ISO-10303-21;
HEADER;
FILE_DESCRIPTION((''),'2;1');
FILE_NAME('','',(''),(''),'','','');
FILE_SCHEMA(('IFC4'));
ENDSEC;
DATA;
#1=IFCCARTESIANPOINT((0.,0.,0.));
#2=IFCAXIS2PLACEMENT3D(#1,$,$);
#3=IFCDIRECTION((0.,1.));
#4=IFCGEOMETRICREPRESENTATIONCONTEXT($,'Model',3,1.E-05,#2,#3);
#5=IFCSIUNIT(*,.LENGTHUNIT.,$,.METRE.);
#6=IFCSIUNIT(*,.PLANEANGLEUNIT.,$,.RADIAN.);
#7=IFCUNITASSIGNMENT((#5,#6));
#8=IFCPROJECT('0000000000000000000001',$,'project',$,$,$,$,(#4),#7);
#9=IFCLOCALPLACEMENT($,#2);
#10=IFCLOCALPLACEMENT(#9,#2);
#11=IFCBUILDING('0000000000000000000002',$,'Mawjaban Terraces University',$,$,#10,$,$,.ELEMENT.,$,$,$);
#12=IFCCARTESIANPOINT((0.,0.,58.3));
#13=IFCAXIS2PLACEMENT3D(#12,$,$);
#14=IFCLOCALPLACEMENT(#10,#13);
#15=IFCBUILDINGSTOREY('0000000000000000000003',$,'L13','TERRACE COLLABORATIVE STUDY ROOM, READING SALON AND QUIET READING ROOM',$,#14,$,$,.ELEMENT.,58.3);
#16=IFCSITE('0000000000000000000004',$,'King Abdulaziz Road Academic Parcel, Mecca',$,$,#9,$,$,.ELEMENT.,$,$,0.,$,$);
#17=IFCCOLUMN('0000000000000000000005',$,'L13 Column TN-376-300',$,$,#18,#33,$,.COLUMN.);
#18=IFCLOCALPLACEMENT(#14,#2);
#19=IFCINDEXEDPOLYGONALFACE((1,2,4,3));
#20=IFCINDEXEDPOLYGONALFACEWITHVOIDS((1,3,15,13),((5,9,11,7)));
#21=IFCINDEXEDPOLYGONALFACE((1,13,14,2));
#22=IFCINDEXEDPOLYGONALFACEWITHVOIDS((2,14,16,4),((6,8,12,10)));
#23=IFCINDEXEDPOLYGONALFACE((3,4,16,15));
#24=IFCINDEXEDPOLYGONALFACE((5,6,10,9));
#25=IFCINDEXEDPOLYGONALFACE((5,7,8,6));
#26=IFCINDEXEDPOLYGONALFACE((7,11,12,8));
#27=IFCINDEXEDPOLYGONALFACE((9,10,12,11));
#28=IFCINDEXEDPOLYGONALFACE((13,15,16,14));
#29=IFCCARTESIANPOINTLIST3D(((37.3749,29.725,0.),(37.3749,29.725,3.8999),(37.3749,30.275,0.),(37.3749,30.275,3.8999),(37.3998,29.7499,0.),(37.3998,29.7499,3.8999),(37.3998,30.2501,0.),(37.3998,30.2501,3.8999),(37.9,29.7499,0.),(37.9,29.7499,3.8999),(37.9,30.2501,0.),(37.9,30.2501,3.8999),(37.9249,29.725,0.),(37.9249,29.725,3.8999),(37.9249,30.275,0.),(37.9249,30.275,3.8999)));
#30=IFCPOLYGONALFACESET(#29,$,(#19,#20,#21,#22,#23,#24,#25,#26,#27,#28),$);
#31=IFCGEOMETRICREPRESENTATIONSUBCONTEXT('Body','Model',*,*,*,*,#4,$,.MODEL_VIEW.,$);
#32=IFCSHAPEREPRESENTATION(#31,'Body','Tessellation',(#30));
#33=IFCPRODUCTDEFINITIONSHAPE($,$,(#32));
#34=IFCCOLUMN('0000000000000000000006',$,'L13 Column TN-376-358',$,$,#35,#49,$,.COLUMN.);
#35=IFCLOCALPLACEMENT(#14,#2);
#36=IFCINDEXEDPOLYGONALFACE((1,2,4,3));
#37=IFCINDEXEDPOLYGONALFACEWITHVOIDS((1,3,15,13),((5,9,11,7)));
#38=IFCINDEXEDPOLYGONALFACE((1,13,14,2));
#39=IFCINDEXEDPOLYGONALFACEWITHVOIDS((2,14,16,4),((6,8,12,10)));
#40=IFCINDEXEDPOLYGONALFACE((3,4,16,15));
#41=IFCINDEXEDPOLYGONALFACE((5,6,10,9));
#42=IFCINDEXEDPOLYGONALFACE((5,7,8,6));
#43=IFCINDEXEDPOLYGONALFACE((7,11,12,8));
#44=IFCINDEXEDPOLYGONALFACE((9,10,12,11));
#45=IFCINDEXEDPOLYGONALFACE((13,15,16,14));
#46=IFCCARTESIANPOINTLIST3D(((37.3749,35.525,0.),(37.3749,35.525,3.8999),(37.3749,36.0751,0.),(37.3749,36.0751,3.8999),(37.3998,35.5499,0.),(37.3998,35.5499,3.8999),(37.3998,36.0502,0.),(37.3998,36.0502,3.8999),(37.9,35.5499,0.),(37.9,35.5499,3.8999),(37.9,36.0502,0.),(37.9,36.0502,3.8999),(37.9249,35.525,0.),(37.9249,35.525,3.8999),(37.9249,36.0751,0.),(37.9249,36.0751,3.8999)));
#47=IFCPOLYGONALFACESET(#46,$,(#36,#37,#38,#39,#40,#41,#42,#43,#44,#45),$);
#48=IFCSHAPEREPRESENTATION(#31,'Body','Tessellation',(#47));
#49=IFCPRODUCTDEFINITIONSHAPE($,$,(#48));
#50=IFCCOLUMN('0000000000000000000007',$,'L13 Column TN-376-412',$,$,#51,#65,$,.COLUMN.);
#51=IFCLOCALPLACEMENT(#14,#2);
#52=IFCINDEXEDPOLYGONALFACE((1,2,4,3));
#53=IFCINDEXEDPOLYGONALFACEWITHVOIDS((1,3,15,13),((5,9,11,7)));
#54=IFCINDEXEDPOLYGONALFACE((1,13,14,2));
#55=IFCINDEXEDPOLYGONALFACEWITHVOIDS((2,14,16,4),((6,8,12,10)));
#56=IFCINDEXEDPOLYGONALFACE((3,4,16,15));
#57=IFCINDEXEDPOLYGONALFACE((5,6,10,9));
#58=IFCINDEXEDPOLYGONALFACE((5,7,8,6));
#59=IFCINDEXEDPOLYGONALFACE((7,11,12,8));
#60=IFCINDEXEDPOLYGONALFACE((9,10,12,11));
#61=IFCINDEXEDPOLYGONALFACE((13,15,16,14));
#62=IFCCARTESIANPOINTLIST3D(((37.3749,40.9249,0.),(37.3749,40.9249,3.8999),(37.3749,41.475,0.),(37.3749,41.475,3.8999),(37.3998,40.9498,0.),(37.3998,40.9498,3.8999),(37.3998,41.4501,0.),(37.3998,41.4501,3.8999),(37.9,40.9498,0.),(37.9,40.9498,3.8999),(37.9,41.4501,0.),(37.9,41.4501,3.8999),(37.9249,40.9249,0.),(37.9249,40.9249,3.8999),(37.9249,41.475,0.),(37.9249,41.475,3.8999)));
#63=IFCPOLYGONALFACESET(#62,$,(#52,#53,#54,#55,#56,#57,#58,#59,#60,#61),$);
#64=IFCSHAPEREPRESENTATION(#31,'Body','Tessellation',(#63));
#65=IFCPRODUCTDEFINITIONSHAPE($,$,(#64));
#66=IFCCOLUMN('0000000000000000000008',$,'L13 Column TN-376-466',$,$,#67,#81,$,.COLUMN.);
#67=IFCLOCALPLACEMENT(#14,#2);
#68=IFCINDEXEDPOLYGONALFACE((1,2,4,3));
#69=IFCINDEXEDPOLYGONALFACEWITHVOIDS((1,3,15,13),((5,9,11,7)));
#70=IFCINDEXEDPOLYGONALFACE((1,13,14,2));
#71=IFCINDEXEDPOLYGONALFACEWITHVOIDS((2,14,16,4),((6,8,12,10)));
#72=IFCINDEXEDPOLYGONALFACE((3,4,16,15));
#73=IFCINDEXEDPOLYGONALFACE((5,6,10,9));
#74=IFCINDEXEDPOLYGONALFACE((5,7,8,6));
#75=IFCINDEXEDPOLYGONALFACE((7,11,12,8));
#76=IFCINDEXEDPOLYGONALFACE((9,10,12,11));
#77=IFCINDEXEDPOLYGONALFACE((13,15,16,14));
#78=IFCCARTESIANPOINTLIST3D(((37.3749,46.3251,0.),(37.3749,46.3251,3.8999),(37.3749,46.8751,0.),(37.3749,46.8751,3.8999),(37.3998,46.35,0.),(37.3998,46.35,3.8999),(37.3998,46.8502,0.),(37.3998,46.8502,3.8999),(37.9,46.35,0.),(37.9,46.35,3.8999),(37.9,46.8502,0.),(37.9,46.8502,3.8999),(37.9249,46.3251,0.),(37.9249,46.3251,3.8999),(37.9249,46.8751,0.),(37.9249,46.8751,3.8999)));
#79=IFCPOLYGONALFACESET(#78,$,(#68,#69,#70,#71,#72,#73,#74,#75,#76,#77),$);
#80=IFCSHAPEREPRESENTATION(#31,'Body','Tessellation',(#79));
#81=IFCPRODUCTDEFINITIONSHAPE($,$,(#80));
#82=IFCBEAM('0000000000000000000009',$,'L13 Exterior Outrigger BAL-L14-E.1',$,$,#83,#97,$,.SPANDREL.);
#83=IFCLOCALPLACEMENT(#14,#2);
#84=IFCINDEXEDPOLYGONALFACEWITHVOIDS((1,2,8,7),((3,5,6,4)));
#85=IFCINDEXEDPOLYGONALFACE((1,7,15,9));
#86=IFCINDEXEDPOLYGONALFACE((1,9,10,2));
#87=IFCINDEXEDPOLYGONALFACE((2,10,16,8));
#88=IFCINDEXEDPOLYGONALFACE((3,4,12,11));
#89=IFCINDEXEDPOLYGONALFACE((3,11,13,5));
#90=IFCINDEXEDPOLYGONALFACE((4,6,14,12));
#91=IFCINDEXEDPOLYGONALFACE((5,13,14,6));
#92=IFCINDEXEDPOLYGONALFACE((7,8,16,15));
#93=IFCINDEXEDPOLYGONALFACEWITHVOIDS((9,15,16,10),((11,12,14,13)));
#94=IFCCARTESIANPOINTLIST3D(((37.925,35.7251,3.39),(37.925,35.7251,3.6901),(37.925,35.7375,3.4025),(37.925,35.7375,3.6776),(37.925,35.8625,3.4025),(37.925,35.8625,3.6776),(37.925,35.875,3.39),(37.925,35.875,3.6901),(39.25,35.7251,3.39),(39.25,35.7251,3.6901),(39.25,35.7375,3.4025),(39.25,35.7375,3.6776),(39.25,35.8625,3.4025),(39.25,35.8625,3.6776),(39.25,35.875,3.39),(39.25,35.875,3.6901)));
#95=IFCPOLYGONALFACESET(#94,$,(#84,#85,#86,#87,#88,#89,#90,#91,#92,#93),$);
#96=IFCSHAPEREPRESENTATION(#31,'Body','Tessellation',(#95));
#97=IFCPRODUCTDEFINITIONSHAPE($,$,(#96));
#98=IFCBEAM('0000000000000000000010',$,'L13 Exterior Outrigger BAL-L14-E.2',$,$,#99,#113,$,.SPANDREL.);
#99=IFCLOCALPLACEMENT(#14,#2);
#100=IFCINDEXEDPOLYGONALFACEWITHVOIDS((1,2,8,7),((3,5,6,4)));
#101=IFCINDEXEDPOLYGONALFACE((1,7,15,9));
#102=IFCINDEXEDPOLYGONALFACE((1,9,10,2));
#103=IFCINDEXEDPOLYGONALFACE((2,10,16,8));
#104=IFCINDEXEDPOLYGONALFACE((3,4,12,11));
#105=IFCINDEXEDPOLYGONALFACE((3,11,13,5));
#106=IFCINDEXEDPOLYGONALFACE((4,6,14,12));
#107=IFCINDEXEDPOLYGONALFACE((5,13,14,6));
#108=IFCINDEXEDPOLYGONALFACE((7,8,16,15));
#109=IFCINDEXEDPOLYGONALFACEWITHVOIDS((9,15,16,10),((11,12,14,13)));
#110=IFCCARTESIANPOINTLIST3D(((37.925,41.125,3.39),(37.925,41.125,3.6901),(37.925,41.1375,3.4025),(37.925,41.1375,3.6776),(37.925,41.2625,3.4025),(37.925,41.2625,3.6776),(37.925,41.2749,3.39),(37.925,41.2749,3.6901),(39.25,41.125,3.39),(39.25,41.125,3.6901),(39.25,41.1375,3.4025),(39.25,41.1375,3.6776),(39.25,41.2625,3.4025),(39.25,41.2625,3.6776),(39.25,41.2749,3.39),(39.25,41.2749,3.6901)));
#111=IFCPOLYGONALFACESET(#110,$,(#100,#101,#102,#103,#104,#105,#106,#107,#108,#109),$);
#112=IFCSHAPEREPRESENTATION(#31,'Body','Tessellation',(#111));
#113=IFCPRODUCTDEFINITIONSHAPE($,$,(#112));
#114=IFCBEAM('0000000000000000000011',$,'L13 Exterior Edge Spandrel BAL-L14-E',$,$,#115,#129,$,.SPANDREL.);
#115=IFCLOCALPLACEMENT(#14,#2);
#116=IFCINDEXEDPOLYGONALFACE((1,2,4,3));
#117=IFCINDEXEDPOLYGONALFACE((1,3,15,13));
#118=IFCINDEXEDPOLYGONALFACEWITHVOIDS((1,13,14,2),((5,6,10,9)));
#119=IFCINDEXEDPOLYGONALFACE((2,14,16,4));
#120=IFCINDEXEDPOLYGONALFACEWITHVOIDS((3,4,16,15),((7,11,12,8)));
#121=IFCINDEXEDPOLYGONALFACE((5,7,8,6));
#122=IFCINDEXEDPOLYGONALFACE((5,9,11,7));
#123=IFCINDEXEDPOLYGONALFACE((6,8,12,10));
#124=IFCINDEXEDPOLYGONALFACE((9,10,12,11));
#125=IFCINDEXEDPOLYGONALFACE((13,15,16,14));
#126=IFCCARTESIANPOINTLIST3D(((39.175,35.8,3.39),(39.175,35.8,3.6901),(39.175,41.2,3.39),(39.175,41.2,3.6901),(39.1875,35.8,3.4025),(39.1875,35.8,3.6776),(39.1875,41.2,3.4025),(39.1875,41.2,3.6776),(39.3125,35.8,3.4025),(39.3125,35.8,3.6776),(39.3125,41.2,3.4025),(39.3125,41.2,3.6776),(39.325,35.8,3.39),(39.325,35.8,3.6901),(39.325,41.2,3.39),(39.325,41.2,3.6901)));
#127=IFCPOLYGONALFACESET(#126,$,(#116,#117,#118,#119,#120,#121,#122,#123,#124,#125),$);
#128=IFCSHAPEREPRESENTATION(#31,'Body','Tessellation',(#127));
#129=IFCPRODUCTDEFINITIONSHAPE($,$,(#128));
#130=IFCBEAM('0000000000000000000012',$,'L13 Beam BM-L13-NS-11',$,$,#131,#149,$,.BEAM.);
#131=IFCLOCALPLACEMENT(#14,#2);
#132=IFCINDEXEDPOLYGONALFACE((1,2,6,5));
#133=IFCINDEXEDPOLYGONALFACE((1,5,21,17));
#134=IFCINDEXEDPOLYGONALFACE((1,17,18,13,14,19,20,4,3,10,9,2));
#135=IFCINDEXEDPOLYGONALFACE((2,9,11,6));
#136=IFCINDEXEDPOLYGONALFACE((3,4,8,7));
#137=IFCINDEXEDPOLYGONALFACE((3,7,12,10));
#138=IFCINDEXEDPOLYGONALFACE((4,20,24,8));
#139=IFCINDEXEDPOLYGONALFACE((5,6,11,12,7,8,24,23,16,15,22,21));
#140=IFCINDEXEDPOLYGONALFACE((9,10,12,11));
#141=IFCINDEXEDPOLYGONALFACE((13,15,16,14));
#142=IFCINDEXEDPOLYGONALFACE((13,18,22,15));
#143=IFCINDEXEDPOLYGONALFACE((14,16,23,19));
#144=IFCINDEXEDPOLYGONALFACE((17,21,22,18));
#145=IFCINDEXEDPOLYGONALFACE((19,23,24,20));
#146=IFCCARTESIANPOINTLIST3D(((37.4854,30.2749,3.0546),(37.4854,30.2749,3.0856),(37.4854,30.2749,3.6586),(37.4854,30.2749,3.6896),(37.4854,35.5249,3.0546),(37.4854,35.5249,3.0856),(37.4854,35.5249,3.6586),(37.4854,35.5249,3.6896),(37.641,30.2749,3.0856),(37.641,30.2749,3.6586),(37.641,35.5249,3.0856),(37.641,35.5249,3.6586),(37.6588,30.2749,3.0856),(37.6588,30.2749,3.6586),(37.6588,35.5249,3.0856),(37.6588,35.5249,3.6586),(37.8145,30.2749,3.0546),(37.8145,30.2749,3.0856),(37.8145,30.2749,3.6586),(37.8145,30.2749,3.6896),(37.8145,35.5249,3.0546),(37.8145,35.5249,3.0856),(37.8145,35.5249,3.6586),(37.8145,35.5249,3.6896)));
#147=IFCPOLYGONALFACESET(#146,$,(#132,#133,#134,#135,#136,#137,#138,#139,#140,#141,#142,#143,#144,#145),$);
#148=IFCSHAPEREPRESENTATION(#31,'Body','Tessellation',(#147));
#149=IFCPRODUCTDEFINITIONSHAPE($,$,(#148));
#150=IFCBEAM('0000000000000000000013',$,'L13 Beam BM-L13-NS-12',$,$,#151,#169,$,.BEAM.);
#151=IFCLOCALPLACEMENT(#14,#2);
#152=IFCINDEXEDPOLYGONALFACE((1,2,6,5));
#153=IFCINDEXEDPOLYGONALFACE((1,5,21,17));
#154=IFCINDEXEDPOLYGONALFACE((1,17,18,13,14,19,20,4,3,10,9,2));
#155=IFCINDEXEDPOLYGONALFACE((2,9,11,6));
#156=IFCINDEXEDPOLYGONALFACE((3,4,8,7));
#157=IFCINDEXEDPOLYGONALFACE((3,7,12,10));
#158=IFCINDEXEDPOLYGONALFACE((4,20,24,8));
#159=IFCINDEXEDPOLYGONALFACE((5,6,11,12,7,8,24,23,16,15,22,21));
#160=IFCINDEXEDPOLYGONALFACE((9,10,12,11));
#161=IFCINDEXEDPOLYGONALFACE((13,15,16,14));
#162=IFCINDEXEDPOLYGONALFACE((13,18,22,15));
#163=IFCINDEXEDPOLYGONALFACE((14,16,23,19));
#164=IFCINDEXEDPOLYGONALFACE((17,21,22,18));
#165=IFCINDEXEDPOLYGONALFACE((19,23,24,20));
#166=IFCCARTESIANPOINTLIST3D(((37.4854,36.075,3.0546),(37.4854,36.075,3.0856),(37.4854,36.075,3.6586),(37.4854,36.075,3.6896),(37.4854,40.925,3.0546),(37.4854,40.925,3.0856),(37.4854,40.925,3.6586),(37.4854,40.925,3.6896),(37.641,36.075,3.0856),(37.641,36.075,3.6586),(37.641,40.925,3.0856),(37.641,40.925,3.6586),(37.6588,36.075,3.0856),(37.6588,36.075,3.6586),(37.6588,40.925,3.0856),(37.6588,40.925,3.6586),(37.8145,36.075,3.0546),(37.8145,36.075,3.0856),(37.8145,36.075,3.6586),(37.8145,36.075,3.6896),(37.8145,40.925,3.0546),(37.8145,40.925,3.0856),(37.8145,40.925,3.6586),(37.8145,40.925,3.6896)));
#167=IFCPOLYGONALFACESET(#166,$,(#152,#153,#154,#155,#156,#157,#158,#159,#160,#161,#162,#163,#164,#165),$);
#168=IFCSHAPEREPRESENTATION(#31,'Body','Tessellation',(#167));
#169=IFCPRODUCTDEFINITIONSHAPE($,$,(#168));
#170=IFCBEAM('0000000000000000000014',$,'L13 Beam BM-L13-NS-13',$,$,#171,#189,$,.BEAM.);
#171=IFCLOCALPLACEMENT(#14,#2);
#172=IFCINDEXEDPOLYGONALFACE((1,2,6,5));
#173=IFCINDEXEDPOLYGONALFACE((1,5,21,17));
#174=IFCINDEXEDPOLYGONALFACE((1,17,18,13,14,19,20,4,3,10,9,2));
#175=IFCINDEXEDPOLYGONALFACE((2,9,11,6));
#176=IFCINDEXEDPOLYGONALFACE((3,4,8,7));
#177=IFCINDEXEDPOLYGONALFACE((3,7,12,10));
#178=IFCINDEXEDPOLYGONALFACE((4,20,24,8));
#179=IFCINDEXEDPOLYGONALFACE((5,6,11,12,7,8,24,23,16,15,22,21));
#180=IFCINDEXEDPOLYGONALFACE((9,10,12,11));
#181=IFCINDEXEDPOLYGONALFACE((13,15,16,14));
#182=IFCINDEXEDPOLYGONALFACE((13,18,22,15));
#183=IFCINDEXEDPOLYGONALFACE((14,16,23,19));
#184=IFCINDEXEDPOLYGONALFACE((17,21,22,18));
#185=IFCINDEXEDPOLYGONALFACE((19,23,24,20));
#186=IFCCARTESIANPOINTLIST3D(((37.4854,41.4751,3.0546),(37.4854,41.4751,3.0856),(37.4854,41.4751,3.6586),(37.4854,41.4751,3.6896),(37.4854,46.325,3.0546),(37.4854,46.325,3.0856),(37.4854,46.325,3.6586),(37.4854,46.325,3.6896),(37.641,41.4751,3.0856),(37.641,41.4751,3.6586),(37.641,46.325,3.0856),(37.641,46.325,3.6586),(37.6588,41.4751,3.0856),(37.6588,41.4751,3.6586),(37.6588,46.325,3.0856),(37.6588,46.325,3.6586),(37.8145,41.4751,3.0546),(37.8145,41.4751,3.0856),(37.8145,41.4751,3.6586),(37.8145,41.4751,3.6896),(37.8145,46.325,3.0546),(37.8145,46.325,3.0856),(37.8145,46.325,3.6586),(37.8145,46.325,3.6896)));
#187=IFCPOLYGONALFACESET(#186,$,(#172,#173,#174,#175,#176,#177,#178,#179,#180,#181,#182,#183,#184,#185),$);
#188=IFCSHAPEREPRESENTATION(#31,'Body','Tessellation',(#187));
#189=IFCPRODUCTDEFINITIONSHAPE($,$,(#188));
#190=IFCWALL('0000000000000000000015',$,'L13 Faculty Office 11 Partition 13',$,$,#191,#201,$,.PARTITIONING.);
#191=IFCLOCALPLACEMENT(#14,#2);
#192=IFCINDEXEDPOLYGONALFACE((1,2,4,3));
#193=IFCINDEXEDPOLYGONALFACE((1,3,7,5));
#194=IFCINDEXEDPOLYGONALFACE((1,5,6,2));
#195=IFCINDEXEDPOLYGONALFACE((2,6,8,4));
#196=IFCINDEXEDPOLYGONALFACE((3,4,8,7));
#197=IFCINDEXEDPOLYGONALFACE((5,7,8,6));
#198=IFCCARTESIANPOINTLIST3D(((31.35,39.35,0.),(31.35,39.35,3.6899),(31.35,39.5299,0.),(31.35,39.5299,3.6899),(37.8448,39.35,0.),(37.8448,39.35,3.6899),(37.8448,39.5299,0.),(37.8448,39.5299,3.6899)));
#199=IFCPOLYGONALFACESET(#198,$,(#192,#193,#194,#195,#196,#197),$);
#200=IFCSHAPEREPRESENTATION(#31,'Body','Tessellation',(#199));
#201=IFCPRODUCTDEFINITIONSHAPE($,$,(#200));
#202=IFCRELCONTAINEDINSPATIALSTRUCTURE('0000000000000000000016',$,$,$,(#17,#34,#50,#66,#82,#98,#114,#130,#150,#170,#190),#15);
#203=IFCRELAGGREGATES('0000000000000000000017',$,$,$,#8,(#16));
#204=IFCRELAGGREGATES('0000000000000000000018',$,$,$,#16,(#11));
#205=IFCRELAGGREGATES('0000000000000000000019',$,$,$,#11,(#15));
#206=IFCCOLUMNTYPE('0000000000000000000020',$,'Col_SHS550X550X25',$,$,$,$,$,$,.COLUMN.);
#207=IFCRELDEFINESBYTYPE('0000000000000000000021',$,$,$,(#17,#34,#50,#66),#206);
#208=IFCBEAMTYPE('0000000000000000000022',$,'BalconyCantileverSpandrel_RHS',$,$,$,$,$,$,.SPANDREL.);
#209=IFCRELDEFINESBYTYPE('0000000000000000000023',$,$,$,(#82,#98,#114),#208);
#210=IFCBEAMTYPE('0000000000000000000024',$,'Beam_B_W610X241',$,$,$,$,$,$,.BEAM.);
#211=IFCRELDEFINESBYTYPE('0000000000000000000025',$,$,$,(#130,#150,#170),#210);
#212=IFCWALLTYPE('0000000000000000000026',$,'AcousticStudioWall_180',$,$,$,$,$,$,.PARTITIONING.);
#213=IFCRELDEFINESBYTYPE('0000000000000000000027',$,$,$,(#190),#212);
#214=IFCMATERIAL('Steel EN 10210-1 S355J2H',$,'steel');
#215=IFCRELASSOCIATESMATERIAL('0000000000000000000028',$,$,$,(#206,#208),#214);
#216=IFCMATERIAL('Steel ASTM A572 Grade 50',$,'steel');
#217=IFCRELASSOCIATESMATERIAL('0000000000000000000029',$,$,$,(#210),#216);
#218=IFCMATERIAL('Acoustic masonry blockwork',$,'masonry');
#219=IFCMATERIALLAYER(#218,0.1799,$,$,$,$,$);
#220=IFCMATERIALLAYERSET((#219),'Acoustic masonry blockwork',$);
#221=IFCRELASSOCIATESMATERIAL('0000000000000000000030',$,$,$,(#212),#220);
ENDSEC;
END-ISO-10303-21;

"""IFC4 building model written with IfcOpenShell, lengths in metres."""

from ifc_helpers import new_model, si_unit, direction, frame, frame_2d, origin, origin_2d, place, context, subcontext, project, spatial, rectangle, hollow_rectangle, i_section, extrude, material, layer, layer_set, material_profile, profile_set, type_object, element, save


model = new_model("IFC4")

# Units and contexts
model_context = context("Model", 3, precision=1e-05, world=origin(), true_north=direction((0.0, 1.0)))
body_context = subcontext(model_context, "Body", "Model", "MODEL_VIEW")
ifc_project = project(units=[si_unit("LENGTHUNIT", "METRE"), si_unit("PLANEANGLEUNIT", "RADIAN")], contexts=[model_context])

# Site, building, storey
site_placement = place(None, origin())
site = spatial("IfcSite", under=ifc_project, at=site_placement, Name="King Abdulaziz Road Academic Parcel, Mecca", CompositionType="ELEMENT", RefElevation=0.0)
building_placement = place(site_placement, origin())
building = spatial("IfcBuilding", under=site, at=building_placement, Name="Mawjaban Terraces University", CompositionType="ELEMENT")
storey_placement = place(building_placement, frame((0.0, 0.0, 58.3)))
storey = spatial("IfcBuildingStorey", under=building, at=storey_placement, Name="L13", Description="TERRACE COLLABORATIVE STUDY ROOM, READING SALON AND QUIET READING ROOM", CompositionType="ELEMENT", Elevation=58.3)

# Columns
ifc_material_1 = material(Name="Steel EN 10210-1 S355J2H", Category="steel")
ifc_material_profile_1 = material_profile(ifc_material_1, hollow_rectangle(XDim=0.55, YDim=0.55, WallThickness=0.0249, at=origin_2d()), Name="SHS550X550X25")
ifc_profile_set_1 = profile_set([ifc_material_profile_1], Name="Steel EN 10210-1 S355J2H")
column_type = type_object("IfcColumnType", Name="Col_SHS550X550X25", PredefinedType="COLUMN", material=ifc_profile_set_1)
for number, where, z_axis, x_axis, name in (
    (1, (37.6499, 30.0, 0.0), (0.0, 0.0, 1.0), (1.0, 0.0, 0.0), "L13 Column TN-376-300"),
    (2, (37.6499, 35.8, 0.0), (0.0, 0.0, 1.0), (1.0, 0.0, 0.0), "L13 Column TN-376-358"),
    (3, (37.6499, 41.2, 0.0), (0.0, 0.0, 1.0), (1.0, 0.0, 0.0), "L13 Column TN-376-412"),
    (4, (37.6499, 46.6001, 0.0), (0.0, 0.0, 1.0), (1.0, 0.0, 0.0), "L13 Column TN-376-466"),
):
    element("IfcColumn", number, at=place(storey_placement, frame(where, z_axis=z_axis, x_axis=x_axis)), inside=storey, type_object=column_type, Name=name, PredefinedType="COLUMN", context=body_context, shape_type="SweptSolid", body=[
        extrude(hollow_rectangle(XDim=0.55, YDim=0.55, WallThickness=0.0249, at=origin_2d()), origin(), (0.0, 0.0, 1.0), 3.8999),
    ])

# Beams
ifc_material_profile_2 = material_profile(ifc_material_1, hollow_rectangle(XDim=0.1499, YDim=0.3, WallThickness=0.0125, at=origin_2d()), Name="RHS300X150X12.5")
ifc_profile_set_2 = profile_set([ifc_material_profile_2], Name="Steel EN 10210-1 S355J2H")
beam_type_1 = type_object("IfcBeamType", Name="BalconyCantileverSpandrel_RHS", PredefinedType="SPANDREL", material=ifc_profile_set_2)
for number, where, z_axis, x_axis, name in (
    (5, (37.925, 35.8, 3.54), (1.0, 0.0, 0.0), (0.0, 1.0, 0.0), "L13 Exterior Outrigger BAL-L14-E.1"),
    (6, (37.925, 41.2, 3.54), (1.0, 0.0, 0.0), (0.0, 1.0, 0.0), "L13 Exterior Outrigger BAL-L14-E.2"),
):
    element("IfcBeam", number, at=place(storey_placement, frame(where, z_axis=z_axis, x_axis=x_axis)), inside=storey, type_object=beam_type_1, Name=name, PredefinedType="SPANDREL", context=body_context, shape_type="SweptSolid", body=[
        extrude(hollow_rectangle(XDim=0.1499, YDim=0.3, WallThickness=0.0125, at=origin_2d()), origin(), (0.0, 0.0, 1.0), 1.325),
    ])
beam_1_placement = place(storey_placement, frame((39.25, 35.8, 3.54), z_axis=(0.0, 1.0, 0.0), x_axis=(-1.0, 0.0, 0.0)))
element("IfcBeam", 7, at=beam_1_placement, inside=storey, type_object=beam_type_1, Name="L13 Exterior Edge Spandrel BAL-L14-E", PredefinedType="SPANDREL", context=body_context, shape_type="SweptSolid", body=[
    extrude(hollow_rectangle(XDim=0.1499, YDim=0.3, WallThickness=0.0125, at=origin_2d()), origin(), (0.0, 0.0, 1.0), 5.3999),
])
ifc_material_2 = material(Name="Steel ASTM A572 Grade 50", Category="steel")
ifc_material_profile_3 = material_profile(ifc_material_2, i_section(OverallWidth=0.3291, OverallDepth=0.635, WebThickness=0.0178, FlangeThickness=0.031, at=origin_2d()), Name="W610X241")
ifc_profile_set_3 = profile_set([ifc_material_profile_3], Name="Steel ASTM A572 Grade 50")
beam_type_2 = type_object("IfcBeamType", Name="Beam_B_W610X241", PredefinedType="BEAM", material=ifc_profile_set_3)
beam_2_placement = place(storey_placement, frame((37.6499, 30.2749, 3.3721), z_axis=(0.0, 1.0, 0.0), x_axis=(-1.0, 0.0, 0.0)))
element("IfcBeam", 8, at=beam_2_placement, inside=storey, type_object=beam_type_2, Name="L13 Beam BM-L13-NS-11", PredefinedType="BEAM", context=body_context, shape_type="SweptSolid", body=[
    extrude(i_section(OverallWidth=0.3291, OverallDepth=0.635, WebThickness=0.0178, FlangeThickness=0.031, at=origin_2d()), origin(), (0.0, 0.0, 1.0), 5.25),
])
beam_3_placement = place(storey_placement, frame((37.6499, 36.075, 3.3721), z_axis=(0.0, 1.0, 0.0), x_axis=(-1.0, 0.0, 0.0)))
element("IfcBeam", 9, at=beam_3_placement, inside=storey, type_object=beam_type_2, Name="L13 Beam BM-L13-NS-12", PredefinedType="BEAM", context=body_context, shape_type="SweptSolid", body=[
    extrude(i_section(OverallWidth=0.3291, OverallDepth=0.635, WebThickness=0.0178, FlangeThickness=0.031, at=origin_2d()), origin(), (0.0, 0.0, 1.0), 4.8501),
])
beam_4_placement = place(storey_placement, frame((37.6499, 41.4751, 3.3721), z_axis=(0.0, 1.0, 0.0), x_axis=(-1.0, 0.0, 0.0)))
element("IfcBeam", 10, at=beam_4_placement, inside=storey, type_object=beam_type_2, Name="L13 Beam BM-L13-NS-13", PredefinedType="BEAM", context=body_context, shape_type="SweptSolid", body=[
    extrude(i_section(OverallWidth=0.3291, OverallDepth=0.635, WebThickness=0.0178, FlangeThickness=0.031, at=origin_2d()), origin(), (0.0, 0.0, 1.0), 4.8499),
])

# Wall
ifc_material_3 = material(Name="Acoustic masonry blockwork", Category="masonry")
ifc_layer_1 = layer(ifc_material_3, 0.1799)
ifc_layer_set_1 = layer_set([ifc_layer_1], Name="Acoustic masonry blockwork")
wall_type_1 = type_object("IfcWallType", Name="AcousticStudioWall_180", PredefinedType="PARTITIONING", material=ifc_layer_set_1)
wall_1_placement = place(storey_placement, frame((37.845, 39.4399, 0.0), z_axis=(0.0, 0.0, 1.0), x_axis=(-1.0, 0.0, 0.0)))
element("IfcWall", 11, at=wall_1_placement, inside=storey, type_object=wall_type_1, Name="L13 Faculty Office 11 Partition 13", PredefinedType="PARTITIONING", context=body_context, shape_type="SweptSolid", body=[
    extrude(rectangle(XDim=6.4949, YDim=0.1799, at=frame_2d((3.2476, 0.0))), origin(), (0.0, 0.0, 1.0), 3.6899),
])

save(model, "model.ifc")
